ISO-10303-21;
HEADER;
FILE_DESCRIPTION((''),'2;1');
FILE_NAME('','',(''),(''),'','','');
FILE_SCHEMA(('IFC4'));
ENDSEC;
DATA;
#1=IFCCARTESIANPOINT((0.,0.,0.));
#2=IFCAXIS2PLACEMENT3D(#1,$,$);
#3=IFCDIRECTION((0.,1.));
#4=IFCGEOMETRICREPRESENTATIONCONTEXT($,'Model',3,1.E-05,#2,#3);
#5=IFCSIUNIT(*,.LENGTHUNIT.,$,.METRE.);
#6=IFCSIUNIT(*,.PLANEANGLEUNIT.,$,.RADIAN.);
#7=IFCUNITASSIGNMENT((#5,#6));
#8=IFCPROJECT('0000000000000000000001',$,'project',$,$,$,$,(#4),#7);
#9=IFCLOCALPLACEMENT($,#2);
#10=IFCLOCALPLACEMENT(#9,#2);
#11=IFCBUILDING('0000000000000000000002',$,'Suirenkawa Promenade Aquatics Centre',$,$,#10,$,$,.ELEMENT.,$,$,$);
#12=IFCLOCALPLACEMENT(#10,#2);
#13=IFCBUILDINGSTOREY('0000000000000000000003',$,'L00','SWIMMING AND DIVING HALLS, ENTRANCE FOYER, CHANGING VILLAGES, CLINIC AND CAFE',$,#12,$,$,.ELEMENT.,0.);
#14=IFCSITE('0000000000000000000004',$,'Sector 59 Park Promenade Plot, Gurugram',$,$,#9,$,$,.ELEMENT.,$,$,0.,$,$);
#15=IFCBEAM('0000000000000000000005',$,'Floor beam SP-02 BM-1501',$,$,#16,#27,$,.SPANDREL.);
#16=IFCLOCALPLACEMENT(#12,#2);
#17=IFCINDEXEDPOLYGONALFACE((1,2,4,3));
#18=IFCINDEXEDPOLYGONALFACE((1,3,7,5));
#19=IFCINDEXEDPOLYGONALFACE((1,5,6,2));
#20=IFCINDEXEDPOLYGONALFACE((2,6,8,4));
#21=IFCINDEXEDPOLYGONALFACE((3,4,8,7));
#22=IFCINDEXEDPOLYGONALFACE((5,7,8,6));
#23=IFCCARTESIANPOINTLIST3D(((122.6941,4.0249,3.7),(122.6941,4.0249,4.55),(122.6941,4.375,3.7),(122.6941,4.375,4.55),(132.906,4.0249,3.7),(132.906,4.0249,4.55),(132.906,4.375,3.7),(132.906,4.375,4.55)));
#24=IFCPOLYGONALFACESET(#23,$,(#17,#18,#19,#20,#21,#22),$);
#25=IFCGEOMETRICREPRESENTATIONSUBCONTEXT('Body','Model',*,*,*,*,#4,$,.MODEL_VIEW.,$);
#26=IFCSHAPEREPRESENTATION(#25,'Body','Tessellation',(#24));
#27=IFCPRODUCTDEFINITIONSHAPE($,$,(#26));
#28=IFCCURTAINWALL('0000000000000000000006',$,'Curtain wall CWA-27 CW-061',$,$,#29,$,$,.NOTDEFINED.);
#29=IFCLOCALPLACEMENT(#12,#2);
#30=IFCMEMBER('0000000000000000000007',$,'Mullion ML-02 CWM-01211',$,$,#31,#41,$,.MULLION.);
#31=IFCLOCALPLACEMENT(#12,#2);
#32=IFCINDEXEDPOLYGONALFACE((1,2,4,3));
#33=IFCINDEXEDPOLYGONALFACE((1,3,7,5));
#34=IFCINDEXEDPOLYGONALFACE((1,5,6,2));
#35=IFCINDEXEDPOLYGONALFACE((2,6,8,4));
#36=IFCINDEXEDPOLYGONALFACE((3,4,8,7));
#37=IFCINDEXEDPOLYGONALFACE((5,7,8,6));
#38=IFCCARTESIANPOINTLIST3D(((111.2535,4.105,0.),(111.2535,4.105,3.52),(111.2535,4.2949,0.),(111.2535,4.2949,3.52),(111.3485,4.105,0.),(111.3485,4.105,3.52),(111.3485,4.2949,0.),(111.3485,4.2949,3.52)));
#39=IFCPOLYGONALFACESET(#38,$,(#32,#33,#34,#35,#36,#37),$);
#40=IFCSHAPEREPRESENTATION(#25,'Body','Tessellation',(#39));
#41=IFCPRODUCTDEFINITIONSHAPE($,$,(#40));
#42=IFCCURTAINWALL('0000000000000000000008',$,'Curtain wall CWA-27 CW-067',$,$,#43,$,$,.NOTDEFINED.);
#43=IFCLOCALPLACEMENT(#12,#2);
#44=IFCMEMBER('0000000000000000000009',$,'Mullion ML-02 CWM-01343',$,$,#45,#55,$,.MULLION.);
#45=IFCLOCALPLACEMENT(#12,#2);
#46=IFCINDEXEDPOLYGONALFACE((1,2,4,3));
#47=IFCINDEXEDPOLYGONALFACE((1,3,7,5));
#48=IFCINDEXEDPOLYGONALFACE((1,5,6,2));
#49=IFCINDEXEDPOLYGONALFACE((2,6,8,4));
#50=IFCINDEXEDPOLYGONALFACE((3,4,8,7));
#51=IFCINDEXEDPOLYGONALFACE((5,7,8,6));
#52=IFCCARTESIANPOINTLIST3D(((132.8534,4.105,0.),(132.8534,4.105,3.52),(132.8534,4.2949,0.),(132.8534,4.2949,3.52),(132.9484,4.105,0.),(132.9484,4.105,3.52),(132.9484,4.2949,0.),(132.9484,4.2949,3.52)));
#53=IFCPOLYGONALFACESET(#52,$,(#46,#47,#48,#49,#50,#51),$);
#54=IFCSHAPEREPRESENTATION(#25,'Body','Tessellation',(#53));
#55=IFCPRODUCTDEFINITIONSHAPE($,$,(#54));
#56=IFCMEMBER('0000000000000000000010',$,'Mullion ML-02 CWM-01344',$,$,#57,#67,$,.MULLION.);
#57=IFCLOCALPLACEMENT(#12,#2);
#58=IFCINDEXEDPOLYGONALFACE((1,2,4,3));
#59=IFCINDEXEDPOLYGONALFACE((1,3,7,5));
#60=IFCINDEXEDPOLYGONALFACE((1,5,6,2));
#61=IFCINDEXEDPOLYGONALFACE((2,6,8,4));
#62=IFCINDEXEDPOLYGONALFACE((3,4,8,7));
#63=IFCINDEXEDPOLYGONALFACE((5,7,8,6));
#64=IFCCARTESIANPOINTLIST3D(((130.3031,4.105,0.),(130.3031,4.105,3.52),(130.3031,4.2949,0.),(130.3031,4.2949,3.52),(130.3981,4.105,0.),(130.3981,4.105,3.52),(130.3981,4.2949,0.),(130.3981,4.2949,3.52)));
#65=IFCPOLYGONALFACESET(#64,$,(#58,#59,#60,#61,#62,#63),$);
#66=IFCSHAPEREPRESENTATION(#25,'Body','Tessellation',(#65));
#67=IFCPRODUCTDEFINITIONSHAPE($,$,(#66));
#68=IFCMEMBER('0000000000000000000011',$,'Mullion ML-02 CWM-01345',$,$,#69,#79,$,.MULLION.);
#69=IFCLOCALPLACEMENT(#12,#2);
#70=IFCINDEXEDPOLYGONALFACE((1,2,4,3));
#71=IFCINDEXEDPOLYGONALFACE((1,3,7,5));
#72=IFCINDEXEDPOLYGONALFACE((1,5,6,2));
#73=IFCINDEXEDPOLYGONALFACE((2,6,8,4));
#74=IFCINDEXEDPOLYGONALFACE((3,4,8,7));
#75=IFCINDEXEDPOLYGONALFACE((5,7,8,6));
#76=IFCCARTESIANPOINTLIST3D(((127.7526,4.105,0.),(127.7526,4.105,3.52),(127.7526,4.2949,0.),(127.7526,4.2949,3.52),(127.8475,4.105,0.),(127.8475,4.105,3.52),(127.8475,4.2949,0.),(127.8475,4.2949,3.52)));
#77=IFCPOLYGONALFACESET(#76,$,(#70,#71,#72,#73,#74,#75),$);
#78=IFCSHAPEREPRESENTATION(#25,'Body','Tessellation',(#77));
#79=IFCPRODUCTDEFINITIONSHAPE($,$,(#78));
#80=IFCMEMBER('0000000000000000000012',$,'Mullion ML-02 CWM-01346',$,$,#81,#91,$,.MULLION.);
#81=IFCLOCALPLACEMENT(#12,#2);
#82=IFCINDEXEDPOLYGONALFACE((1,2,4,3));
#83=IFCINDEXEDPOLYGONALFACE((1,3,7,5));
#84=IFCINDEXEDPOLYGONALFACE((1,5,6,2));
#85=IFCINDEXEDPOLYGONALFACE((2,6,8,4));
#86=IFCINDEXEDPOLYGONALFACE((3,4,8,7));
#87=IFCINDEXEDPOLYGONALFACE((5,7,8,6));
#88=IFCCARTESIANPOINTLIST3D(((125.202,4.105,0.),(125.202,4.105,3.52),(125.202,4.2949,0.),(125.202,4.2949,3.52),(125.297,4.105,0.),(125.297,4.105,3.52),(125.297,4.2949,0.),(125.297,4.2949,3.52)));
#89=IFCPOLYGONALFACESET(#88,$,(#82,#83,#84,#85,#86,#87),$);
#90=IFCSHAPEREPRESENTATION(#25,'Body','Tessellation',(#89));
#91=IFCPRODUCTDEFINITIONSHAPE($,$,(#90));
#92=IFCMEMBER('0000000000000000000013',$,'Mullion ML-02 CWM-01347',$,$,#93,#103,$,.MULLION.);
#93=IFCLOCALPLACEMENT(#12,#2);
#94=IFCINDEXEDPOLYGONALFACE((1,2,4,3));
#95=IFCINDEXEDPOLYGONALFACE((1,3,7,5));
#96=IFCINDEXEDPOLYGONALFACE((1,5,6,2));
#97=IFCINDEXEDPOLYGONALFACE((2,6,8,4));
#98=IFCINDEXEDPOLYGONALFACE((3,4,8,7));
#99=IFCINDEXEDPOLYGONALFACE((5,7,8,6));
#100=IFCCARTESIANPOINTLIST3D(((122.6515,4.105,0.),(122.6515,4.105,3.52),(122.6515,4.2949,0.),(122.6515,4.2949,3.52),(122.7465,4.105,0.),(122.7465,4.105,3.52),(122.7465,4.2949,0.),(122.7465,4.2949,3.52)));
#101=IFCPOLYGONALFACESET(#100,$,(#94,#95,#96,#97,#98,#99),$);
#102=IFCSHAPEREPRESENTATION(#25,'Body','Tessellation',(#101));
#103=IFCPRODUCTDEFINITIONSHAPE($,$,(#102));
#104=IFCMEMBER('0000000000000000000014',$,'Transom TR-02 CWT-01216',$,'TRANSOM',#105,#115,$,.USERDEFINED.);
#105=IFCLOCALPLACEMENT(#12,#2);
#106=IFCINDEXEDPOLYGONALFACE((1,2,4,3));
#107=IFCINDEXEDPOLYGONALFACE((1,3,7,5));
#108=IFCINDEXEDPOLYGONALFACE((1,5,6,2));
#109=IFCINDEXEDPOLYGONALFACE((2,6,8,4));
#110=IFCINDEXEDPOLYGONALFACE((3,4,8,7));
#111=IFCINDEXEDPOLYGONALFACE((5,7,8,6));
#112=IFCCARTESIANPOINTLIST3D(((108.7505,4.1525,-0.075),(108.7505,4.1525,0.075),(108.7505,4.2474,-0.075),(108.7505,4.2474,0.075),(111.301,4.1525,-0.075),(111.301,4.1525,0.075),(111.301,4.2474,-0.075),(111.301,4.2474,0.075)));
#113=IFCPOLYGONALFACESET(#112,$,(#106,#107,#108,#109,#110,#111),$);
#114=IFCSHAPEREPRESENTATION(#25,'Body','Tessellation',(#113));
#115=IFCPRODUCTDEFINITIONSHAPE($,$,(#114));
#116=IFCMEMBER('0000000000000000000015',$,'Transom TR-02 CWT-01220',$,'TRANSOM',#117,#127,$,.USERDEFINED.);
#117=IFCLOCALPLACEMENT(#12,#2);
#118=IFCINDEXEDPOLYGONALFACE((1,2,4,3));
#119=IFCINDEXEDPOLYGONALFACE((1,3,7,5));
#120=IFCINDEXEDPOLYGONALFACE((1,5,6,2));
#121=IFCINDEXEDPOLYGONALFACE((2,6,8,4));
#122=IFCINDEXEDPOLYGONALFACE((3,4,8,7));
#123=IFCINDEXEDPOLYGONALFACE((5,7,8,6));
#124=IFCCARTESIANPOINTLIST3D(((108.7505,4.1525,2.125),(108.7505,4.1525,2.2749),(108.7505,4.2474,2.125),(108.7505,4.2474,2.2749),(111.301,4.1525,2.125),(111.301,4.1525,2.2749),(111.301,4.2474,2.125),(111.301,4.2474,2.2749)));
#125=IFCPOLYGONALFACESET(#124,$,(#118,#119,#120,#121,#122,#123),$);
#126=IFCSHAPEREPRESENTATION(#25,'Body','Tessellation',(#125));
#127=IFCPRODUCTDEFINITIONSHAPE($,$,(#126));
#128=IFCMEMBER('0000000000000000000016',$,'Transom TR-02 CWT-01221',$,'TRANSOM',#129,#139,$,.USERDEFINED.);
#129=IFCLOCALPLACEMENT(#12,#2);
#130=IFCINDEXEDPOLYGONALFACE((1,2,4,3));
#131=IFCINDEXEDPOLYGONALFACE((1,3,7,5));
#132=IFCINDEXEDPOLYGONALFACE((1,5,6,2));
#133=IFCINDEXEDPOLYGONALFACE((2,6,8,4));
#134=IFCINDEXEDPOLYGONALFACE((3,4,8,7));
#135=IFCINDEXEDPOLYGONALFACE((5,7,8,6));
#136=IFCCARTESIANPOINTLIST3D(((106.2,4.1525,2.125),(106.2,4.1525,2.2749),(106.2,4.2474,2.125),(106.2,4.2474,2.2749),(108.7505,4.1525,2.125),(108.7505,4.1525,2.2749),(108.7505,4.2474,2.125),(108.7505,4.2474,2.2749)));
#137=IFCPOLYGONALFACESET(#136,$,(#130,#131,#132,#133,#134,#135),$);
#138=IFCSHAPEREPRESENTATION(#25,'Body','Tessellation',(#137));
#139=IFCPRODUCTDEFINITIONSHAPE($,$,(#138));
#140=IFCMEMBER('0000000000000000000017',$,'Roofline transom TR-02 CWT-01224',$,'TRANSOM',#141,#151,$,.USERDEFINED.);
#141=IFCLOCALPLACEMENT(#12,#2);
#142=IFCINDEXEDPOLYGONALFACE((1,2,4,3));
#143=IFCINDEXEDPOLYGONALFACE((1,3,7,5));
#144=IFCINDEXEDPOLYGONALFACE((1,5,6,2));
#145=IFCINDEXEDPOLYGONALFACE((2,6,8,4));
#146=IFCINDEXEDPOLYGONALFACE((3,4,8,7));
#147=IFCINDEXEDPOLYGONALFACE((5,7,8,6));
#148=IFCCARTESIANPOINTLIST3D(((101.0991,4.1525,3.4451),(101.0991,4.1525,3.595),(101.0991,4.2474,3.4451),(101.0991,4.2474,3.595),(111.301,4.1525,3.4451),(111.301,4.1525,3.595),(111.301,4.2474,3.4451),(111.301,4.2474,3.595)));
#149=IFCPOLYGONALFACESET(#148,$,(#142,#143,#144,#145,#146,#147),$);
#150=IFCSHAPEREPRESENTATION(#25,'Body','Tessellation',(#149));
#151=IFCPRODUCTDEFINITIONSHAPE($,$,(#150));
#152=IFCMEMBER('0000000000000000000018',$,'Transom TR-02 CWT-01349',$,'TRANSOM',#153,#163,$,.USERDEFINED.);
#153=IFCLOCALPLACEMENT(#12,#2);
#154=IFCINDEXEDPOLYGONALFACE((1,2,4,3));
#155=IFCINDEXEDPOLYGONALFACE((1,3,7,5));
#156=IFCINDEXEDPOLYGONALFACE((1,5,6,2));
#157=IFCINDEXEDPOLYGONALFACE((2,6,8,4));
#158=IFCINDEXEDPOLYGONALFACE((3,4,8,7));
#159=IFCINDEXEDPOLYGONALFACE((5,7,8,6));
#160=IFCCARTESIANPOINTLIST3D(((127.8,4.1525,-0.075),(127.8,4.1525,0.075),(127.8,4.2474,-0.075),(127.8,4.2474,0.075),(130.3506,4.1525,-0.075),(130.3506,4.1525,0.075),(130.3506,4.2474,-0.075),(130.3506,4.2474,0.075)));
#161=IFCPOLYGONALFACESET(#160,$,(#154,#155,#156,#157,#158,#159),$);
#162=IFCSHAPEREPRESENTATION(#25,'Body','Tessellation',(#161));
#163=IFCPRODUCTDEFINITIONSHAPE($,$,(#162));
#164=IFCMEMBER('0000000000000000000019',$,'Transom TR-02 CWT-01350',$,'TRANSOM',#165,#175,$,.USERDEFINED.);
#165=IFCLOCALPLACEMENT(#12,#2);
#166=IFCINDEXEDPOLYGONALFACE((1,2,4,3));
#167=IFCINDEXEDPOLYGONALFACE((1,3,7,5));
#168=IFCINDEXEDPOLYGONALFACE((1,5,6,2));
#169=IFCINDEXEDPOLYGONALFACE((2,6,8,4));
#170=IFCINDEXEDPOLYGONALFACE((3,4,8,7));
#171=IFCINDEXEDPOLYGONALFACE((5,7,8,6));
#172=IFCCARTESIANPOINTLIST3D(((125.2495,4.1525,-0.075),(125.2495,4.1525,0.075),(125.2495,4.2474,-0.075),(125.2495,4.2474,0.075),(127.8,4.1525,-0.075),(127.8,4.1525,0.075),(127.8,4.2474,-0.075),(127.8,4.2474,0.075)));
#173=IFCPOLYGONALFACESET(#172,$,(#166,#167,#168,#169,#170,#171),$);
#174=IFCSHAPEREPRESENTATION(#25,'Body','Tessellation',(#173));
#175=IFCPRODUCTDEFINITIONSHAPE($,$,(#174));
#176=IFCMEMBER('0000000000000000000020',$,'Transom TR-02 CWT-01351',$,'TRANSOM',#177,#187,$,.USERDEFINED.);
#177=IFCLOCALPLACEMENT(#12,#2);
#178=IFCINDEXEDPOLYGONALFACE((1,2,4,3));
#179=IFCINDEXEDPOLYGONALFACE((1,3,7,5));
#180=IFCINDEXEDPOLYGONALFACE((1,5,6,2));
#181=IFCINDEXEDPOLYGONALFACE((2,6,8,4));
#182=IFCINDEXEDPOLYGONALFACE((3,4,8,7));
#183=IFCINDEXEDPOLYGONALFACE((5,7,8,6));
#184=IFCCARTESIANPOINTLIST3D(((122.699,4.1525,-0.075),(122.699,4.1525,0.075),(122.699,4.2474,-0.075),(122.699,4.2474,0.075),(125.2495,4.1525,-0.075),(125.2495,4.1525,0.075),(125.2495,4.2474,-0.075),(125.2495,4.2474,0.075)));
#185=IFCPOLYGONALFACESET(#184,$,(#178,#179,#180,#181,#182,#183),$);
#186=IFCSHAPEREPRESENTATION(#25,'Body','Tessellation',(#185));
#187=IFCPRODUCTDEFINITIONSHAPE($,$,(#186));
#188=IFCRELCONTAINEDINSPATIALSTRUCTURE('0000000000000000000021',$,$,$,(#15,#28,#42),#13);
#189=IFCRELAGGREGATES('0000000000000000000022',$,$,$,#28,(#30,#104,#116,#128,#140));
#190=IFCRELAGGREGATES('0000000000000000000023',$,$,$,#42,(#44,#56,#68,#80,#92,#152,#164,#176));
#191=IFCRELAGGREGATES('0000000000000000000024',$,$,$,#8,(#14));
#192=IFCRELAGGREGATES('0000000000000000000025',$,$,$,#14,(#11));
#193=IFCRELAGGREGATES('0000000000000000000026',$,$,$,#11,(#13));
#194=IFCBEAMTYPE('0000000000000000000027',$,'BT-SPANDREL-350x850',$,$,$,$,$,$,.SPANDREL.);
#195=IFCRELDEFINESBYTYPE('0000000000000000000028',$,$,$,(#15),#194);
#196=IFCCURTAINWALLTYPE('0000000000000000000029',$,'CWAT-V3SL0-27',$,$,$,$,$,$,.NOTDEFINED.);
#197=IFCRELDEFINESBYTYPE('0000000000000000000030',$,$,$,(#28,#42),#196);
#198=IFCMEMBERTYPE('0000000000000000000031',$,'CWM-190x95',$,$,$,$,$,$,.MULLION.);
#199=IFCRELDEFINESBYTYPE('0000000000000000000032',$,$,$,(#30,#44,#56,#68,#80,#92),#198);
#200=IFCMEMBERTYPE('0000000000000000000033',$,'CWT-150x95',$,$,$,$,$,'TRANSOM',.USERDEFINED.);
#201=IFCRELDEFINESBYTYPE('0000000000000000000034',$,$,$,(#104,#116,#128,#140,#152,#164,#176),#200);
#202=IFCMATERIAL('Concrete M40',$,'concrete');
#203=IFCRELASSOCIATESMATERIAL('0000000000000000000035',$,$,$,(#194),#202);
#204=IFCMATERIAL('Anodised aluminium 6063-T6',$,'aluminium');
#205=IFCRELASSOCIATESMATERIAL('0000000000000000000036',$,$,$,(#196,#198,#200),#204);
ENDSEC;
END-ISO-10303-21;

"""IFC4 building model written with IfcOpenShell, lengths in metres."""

from ifc_helpers import new_model, si_unit, direction, frame, origin, origin_2d, place, context, subcontext, project, spatial, rectangle, extrude, material, material_profile, profile_set, type_object, element, aggregate, save


model = new_model("IFC4")

# Units and contexts
model_context = context("Model", 3, precision=1e-05, world=origin(), true_north=direction((0.0, 1.0)))
body_context = subcontext(model_context, "Body", "Model", "MODEL_VIEW")
ifc_project = project(units=[si_unit("LENGTHUNIT", "METRE"), si_unit("PLANEANGLEUNIT", "RADIAN")], contexts=[model_context])

# Site, building, storey
site_placement = place(None, origin())
site = spatial("IfcSite", under=ifc_project, at=site_placement, Name="Sector 59 Park Promenade Plot, Gurugram", CompositionType="ELEMENT", RefElevation=0.0)
building_placement = place(site_placement, origin())
building = spatial("IfcBuilding", under=site, at=building_placement, Name="Suirenkawa Promenade Aquatics Centre", CompositionType="ELEMENT")
storey_placement = place(building_placement, origin())
storey = spatial("IfcBuildingStorey", under=building, at=storey_placement, Name="L00", Description="SWIMMING AND DIVING HALLS, ENTRANCE FOYER, CHANGING VILLAGES, CLINIC AND CAFE", CompositionType="ELEMENT", Elevation=0.0)

# Shared definitions
ifc_material_1 = material(Name="Concrete M40", Category="concrete")

# Beam
ifc_material_profile_1 = material_profile(ifc_material_1, rectangle(XDim=0.3501, YDim=0.8501, at=origin_2d()), Name="RC SPANDREL 350x850", Category="concrete")
ifc_profile_set_1 = profile_set([ifc_material_profile_1], Name="Concrete M40")
beam_type = type_object("IfcBeamType", Name="BT-SPANDREL-350x850", PredefinedType="SPANDREL", material=ifc_profile_set_1)
for number, where, z_axis, x_axis, name in (
    (1, (122.6941, 4.2, 4.125), (1.0, 0.0, 0.0), (0.0, 1.0, 0.0), "Floor beam SP-02 BM-1501"),
):
    element("IfcBeam", number, at=place(storey_placement, frame(where, z_axis=z_axis, x_axis=x_axis)), inside=storey, type_object=beam_type, Name=name, PredefinedType="SPANDREL", context=body_context, shape_type="SweptSolid", body=[
        extrude(rectangle(XDim=0.3501, YDim=0.8501, at=origin_2d()), origin(), (0.0, 0.0, 1.0), 10.2119),
    ])

# Curtain wall, member
ifc_material_2 = material(Name="Anodised aluminium 6063-T6", Category="aluminium")
curtain_wall_type = type_object("IfcCurtainWallType", Name="CWAT-V3SL0-27", PredefinedType="NOTDEFINED", material=ifc_material_2)
curtain_wall_1_placement = place(storey_placement, origin())
curtain_wall_1 = element("IfcCurtainWall", 2, at=curtain_wall_1_placement, inside=storey, type_object=curtain_wall_type, Name="Curtain wall CWA-27 CW-061", PredefinedType="NOTDEFINED")
ifc_material_profile_2 = material_profile(ifc_material_2, rectangle(XDim=0.095, YDim=0.1899, at=origin_2d()), Name="ALU MULL 95x190", Category="aluminium")
ifc_profile_set_2 = profile_set([ifc_material_profile_2], Name="Anodised aluminium 6063-T6")
member_type_1 = type_object("IfcMemberType", Name="CWM-190x95", PredefinedType="MULLION", material=ifc_profile_set_2)
member_1_placement = place(storey_placement, frame((111.301, 4.2, 0.0), z_axis=(0.0, 0.0, 1.0), x_axis=(-1.0, 0.0, 0.0)))
member_1 = element("IfcMember", 3, at=member_1_placement, type_object=member_type_1, Name="Mullion ML-02 CWM-01211", PredefinedType="MULLION", context=body_context, shape_type="SweptSolid", body=[
    extrude(rectangle(XDim=0.095, YDim=0.1899, at=origin_2d()), origin(), (0.0, 0.0, 1.0), 3.52),
])

# Curtain wall, members
curtain_wall_2_placement = place(storey_placement, origin())
curtain_wall_2 = element("IfcCurtainWall", 4, at=curtain_wall_2_placement, inside=storey, type_object=curtain_wall_type, Name="Curtain wall CWA-27 CW-067", PredefinedType="NOTDEFINED")
member_2_placement = place(storey_placement, frame((132.9009, 4.2, 0.0), z_axis=(0.0, 0.0, 1.0), x_axis=(-1.0, 0.0, 0.0)))
member_2 = element("IfcMember", 5, at=member_2_placement, type_object=member_type_1, Name="Mullion ML-02 CWM-01343", PredefinedType="MULLION", context=body_context, shape_type="SweptSolid", body=[
    extrude(rectangle(XDim=0.095, YDim=0.1899, at=origin_2d()), origin(), (0.0, 0.0, 1.0), 3.52),
])
member_3_placement = place(storey_placement, frame((130.3506, 4.2, 0.0), z_axis=(0.0, 0.0, 1.0), x_axis=(-1.0, 0.0, 0.0)))
member_3 = element("IfcMember", 6, at=member_3_placement, type_object=member_type_1, Name="Mullion ML-02 CWM-01344", PredefinedType="MULLION", context=body_context, shape_type="SweptSolid", body=[
    extrude(rectangle(XDim=0.095, YDim=0.1899, at=origin_2d()), origin(), (0.0, 0.0, 1.0), 3.52),
])
member_4_placement = place(storey_placement, frame((127.8, 4.2, 0.0), z_axis=(0.0, 0.0, 1.0), x_axis=(-1.0, 0.0, 0.0)))
member_4 = element("IfcMember", 7, at=member_4_placement, type_object=member_type_1, Name="Mullion ML-02 CWM-01345", PredefinedType="MULLION", context=body_context, shape_type="SweptSolid", body=[
    extrude(rectangle(XDim=0.095, YDim=0.1899, at=origin_2d()), origin(), (0.0, 0.0, 1.0), 3.52),
])
member_5_placement = place(storey_placement, frame((125.2495, 4.2, 0.0), z_axis=(0.0, 0.0, 1.0), x_axis=(-1.0, 0.0, 0.0)))
member_5 = element("IfcMember", 8, at=member_5_placement, type_object=member_type_1, Name="Mullion ML-02 CWM-01346", PredefinedType="MULLION", context=body_context, shape_type="SweptSolid", body=[
    extrude(rectangle(XDim=0.095, YDim=0.1899, at=origin_2d()), origin(), (0.0, 0.0, 1.0), 3.52),
])
member_6_placement = place(storey_placement, frame((122.699, 4.2, 0.0), z_axis=(0.0, 0.0, 1.0), x_axis=(-1.0, 0.0, 0.0)))
member_6 = element("IfcMember", 9, at=member_6_placement, type_object=member_type_1, Name="Mullion ML-02 CWM-01347", PredefinedType="MULLION", context=body_context, shape_type="SweptSolid", body=[
    extrude(rectangle(XDim=0.095, YDim=0.1899, at=origin_2d()), origin(), (0.0, 0.0, 1.0), 3.52),
])

# Members
ifc_material_profile_3 = material_profile(ifc_material_2, rectangle(XDim=0.095, YDim=0.1499, at=origin_2d()), Name="ALU TRAN 95x150", Category="aluminium")
ifc_profile_set_3 = profile_set([ifc_material_profile_3], Name="Anodised aluminium 6063-T6")
member_type_2 = type_object("IfcMemberType", Name="CWT-150x95", ElementType="TRANSOM", PredefinedType="USERDEFINED", material=ifc_profile_set_3)
member_7_placement = place(storey_placement, frame((111.301, 4.2, 0.0), z_axis=(-1.0, 0.0, 0.0), x_axis=(0.0, -1.0, 0.0)))
member_7 = element("IfcMember", 10, at=member_7_placement, type_object=member_type_2, Name="Transom TR-02 CWT-01216", ObjectType="TRANSOM", PredefinedType="USERDEFINED", context=body_context, shape_type="SweptSolid", body=[
    extrude(rectangle(XDim=0.095, YDim=0.1499, at=origin_2d()), origin(), (0.0, 0.0, 1.0), 2.5505),
])
member_8_placement = place(storey_placement, frame((111.301, 4.2, 2.2), z_axis=(-1.0, 0.0, 0.0), x_axis=(0.0, -1.0, 0.0)))
member_8 = element("IfcMember", 11, at=member_8_placement, type_object=member_type_2, Name="Transom TR-02 CWT-01220", ObjectType="TRANSOM", PredefinedType="USERDEFINED", context=body_context, shape_type="SweptSolid", body=[
    extrude(rectangle(XDim=0.095, YDim=0.1499, at=origin_2d()), origin(), (0.0, 0.0, 1.0), 2.5505),
])
member_9_placement = place(storey_placement, frame((108.7505, 4.2, 2.2), z_axis=(-1.0, 0.0, 0.0), x_axis=(0.0, -1.0, 0.0)))
member_9 = element("IfcMember", 12, at=member_9_placement, type_object=member_type_2, Name="Transom TR-02 CWT-01221", ObjectType="TRANSOM", PredefinedType="USERDEFINED", context=body_context, shape_type="SweptSolid", body=[
    extrude(rectangle(XDim=0.095, YDim=0.1499, at=origin_2d()), origin(), (0.0, 0.0, 1.0), 2.5505),
])
member_10_placement = place(storey_placement, frame((111.301, 4.2, 3.52), z_axis=(-1.0, 0.0, 0.0), x_axis=(0.0, -1.0, 0.0)))
member_10 = element("IfcMember", 13, at=member_10_placement, type_object=member_type_2, Name="Roofline transom TR-02 CWT-01224", ObjectType="TRANSOM", PredefinedType="USERDEFINED", context=body_context, shape_type="SweptSolid", body=[
    extrude(rectangle(XDim=0.095, YDim=0.1499, at=origin_2d()), origin(), (0.0, 0.0, 1.0), 10.2019),
])
member_11_placement = place(storey_placement, frame((130.3506, 4.2, 0.0), z_axis=(-1.0, 0.0, 0.0), x_axis=(0.0, -1.0, 0.0)))
member_11 = element("IfcMember", 14, at=member_11_placement, type_object=member_type_2, Name="Transom TR-02 CWT-01349", ObjectType="TRANSOM", PredefinedType="USERDEFINED", context=body_context, shape_type="SweptSolid", body=[
    extrude(rectangle(XDim=0.095, YDim=0.1499, at=origin_2d()), origin(), (0.0, 0.0, 1.0), 2.5505),
])
member_12_placement = place(storey_placement, frame((127.8, 4.2, 0.0), z_axis=(-1.0, 0.0, 0.0), x_axis=(0.0, -1.0, 0.0)))
member_12 = element("IfcMember", 15, at=member_12_placement, type_object=member_type_2, Name="Transom TR-02 CWT-01350", ObjectType="TRANSOM", PredefinedType="USERDEFINED", context=body_context, shape_type="SweptSolid", body=[
    extrude(rectangle(XDim=0.095, YDim=0.1499, at=origin_2d()), origin(), (0.0, 0.0, 1.0), 2.5505),
])
member_13_placement = place(storey_placement, frame((125.2495, 4.2, 0.0), z_axis=(-1.0, 0.0, 0.0), x_axis=(0.0, -1.0, 0.0)))
member_13 = element("IfcMember", 16, at=member_13_placement, type_object=member_type_2, Name="Transom TR-02 CWT-01351", ObjectType="TRANSOM", PredefinedType="USERDEFINED", context=body_context, shape_type="SweptSolid", body=[
    extrude(rectangle(XDim=0.095, YDim=0.1499, at=origin_2d()), origin(), (0.0, 0.0, 1.0), 2.5505),
])

aggregate(curtain_wall_1, [member_1, member_7, member_8, member_9, member_10])
aggregate(curtain_wall_2, [member_2, member_3, member_4, member_5, member_6, member_11, member_12, member_13])

save(model, "model.ifc")
